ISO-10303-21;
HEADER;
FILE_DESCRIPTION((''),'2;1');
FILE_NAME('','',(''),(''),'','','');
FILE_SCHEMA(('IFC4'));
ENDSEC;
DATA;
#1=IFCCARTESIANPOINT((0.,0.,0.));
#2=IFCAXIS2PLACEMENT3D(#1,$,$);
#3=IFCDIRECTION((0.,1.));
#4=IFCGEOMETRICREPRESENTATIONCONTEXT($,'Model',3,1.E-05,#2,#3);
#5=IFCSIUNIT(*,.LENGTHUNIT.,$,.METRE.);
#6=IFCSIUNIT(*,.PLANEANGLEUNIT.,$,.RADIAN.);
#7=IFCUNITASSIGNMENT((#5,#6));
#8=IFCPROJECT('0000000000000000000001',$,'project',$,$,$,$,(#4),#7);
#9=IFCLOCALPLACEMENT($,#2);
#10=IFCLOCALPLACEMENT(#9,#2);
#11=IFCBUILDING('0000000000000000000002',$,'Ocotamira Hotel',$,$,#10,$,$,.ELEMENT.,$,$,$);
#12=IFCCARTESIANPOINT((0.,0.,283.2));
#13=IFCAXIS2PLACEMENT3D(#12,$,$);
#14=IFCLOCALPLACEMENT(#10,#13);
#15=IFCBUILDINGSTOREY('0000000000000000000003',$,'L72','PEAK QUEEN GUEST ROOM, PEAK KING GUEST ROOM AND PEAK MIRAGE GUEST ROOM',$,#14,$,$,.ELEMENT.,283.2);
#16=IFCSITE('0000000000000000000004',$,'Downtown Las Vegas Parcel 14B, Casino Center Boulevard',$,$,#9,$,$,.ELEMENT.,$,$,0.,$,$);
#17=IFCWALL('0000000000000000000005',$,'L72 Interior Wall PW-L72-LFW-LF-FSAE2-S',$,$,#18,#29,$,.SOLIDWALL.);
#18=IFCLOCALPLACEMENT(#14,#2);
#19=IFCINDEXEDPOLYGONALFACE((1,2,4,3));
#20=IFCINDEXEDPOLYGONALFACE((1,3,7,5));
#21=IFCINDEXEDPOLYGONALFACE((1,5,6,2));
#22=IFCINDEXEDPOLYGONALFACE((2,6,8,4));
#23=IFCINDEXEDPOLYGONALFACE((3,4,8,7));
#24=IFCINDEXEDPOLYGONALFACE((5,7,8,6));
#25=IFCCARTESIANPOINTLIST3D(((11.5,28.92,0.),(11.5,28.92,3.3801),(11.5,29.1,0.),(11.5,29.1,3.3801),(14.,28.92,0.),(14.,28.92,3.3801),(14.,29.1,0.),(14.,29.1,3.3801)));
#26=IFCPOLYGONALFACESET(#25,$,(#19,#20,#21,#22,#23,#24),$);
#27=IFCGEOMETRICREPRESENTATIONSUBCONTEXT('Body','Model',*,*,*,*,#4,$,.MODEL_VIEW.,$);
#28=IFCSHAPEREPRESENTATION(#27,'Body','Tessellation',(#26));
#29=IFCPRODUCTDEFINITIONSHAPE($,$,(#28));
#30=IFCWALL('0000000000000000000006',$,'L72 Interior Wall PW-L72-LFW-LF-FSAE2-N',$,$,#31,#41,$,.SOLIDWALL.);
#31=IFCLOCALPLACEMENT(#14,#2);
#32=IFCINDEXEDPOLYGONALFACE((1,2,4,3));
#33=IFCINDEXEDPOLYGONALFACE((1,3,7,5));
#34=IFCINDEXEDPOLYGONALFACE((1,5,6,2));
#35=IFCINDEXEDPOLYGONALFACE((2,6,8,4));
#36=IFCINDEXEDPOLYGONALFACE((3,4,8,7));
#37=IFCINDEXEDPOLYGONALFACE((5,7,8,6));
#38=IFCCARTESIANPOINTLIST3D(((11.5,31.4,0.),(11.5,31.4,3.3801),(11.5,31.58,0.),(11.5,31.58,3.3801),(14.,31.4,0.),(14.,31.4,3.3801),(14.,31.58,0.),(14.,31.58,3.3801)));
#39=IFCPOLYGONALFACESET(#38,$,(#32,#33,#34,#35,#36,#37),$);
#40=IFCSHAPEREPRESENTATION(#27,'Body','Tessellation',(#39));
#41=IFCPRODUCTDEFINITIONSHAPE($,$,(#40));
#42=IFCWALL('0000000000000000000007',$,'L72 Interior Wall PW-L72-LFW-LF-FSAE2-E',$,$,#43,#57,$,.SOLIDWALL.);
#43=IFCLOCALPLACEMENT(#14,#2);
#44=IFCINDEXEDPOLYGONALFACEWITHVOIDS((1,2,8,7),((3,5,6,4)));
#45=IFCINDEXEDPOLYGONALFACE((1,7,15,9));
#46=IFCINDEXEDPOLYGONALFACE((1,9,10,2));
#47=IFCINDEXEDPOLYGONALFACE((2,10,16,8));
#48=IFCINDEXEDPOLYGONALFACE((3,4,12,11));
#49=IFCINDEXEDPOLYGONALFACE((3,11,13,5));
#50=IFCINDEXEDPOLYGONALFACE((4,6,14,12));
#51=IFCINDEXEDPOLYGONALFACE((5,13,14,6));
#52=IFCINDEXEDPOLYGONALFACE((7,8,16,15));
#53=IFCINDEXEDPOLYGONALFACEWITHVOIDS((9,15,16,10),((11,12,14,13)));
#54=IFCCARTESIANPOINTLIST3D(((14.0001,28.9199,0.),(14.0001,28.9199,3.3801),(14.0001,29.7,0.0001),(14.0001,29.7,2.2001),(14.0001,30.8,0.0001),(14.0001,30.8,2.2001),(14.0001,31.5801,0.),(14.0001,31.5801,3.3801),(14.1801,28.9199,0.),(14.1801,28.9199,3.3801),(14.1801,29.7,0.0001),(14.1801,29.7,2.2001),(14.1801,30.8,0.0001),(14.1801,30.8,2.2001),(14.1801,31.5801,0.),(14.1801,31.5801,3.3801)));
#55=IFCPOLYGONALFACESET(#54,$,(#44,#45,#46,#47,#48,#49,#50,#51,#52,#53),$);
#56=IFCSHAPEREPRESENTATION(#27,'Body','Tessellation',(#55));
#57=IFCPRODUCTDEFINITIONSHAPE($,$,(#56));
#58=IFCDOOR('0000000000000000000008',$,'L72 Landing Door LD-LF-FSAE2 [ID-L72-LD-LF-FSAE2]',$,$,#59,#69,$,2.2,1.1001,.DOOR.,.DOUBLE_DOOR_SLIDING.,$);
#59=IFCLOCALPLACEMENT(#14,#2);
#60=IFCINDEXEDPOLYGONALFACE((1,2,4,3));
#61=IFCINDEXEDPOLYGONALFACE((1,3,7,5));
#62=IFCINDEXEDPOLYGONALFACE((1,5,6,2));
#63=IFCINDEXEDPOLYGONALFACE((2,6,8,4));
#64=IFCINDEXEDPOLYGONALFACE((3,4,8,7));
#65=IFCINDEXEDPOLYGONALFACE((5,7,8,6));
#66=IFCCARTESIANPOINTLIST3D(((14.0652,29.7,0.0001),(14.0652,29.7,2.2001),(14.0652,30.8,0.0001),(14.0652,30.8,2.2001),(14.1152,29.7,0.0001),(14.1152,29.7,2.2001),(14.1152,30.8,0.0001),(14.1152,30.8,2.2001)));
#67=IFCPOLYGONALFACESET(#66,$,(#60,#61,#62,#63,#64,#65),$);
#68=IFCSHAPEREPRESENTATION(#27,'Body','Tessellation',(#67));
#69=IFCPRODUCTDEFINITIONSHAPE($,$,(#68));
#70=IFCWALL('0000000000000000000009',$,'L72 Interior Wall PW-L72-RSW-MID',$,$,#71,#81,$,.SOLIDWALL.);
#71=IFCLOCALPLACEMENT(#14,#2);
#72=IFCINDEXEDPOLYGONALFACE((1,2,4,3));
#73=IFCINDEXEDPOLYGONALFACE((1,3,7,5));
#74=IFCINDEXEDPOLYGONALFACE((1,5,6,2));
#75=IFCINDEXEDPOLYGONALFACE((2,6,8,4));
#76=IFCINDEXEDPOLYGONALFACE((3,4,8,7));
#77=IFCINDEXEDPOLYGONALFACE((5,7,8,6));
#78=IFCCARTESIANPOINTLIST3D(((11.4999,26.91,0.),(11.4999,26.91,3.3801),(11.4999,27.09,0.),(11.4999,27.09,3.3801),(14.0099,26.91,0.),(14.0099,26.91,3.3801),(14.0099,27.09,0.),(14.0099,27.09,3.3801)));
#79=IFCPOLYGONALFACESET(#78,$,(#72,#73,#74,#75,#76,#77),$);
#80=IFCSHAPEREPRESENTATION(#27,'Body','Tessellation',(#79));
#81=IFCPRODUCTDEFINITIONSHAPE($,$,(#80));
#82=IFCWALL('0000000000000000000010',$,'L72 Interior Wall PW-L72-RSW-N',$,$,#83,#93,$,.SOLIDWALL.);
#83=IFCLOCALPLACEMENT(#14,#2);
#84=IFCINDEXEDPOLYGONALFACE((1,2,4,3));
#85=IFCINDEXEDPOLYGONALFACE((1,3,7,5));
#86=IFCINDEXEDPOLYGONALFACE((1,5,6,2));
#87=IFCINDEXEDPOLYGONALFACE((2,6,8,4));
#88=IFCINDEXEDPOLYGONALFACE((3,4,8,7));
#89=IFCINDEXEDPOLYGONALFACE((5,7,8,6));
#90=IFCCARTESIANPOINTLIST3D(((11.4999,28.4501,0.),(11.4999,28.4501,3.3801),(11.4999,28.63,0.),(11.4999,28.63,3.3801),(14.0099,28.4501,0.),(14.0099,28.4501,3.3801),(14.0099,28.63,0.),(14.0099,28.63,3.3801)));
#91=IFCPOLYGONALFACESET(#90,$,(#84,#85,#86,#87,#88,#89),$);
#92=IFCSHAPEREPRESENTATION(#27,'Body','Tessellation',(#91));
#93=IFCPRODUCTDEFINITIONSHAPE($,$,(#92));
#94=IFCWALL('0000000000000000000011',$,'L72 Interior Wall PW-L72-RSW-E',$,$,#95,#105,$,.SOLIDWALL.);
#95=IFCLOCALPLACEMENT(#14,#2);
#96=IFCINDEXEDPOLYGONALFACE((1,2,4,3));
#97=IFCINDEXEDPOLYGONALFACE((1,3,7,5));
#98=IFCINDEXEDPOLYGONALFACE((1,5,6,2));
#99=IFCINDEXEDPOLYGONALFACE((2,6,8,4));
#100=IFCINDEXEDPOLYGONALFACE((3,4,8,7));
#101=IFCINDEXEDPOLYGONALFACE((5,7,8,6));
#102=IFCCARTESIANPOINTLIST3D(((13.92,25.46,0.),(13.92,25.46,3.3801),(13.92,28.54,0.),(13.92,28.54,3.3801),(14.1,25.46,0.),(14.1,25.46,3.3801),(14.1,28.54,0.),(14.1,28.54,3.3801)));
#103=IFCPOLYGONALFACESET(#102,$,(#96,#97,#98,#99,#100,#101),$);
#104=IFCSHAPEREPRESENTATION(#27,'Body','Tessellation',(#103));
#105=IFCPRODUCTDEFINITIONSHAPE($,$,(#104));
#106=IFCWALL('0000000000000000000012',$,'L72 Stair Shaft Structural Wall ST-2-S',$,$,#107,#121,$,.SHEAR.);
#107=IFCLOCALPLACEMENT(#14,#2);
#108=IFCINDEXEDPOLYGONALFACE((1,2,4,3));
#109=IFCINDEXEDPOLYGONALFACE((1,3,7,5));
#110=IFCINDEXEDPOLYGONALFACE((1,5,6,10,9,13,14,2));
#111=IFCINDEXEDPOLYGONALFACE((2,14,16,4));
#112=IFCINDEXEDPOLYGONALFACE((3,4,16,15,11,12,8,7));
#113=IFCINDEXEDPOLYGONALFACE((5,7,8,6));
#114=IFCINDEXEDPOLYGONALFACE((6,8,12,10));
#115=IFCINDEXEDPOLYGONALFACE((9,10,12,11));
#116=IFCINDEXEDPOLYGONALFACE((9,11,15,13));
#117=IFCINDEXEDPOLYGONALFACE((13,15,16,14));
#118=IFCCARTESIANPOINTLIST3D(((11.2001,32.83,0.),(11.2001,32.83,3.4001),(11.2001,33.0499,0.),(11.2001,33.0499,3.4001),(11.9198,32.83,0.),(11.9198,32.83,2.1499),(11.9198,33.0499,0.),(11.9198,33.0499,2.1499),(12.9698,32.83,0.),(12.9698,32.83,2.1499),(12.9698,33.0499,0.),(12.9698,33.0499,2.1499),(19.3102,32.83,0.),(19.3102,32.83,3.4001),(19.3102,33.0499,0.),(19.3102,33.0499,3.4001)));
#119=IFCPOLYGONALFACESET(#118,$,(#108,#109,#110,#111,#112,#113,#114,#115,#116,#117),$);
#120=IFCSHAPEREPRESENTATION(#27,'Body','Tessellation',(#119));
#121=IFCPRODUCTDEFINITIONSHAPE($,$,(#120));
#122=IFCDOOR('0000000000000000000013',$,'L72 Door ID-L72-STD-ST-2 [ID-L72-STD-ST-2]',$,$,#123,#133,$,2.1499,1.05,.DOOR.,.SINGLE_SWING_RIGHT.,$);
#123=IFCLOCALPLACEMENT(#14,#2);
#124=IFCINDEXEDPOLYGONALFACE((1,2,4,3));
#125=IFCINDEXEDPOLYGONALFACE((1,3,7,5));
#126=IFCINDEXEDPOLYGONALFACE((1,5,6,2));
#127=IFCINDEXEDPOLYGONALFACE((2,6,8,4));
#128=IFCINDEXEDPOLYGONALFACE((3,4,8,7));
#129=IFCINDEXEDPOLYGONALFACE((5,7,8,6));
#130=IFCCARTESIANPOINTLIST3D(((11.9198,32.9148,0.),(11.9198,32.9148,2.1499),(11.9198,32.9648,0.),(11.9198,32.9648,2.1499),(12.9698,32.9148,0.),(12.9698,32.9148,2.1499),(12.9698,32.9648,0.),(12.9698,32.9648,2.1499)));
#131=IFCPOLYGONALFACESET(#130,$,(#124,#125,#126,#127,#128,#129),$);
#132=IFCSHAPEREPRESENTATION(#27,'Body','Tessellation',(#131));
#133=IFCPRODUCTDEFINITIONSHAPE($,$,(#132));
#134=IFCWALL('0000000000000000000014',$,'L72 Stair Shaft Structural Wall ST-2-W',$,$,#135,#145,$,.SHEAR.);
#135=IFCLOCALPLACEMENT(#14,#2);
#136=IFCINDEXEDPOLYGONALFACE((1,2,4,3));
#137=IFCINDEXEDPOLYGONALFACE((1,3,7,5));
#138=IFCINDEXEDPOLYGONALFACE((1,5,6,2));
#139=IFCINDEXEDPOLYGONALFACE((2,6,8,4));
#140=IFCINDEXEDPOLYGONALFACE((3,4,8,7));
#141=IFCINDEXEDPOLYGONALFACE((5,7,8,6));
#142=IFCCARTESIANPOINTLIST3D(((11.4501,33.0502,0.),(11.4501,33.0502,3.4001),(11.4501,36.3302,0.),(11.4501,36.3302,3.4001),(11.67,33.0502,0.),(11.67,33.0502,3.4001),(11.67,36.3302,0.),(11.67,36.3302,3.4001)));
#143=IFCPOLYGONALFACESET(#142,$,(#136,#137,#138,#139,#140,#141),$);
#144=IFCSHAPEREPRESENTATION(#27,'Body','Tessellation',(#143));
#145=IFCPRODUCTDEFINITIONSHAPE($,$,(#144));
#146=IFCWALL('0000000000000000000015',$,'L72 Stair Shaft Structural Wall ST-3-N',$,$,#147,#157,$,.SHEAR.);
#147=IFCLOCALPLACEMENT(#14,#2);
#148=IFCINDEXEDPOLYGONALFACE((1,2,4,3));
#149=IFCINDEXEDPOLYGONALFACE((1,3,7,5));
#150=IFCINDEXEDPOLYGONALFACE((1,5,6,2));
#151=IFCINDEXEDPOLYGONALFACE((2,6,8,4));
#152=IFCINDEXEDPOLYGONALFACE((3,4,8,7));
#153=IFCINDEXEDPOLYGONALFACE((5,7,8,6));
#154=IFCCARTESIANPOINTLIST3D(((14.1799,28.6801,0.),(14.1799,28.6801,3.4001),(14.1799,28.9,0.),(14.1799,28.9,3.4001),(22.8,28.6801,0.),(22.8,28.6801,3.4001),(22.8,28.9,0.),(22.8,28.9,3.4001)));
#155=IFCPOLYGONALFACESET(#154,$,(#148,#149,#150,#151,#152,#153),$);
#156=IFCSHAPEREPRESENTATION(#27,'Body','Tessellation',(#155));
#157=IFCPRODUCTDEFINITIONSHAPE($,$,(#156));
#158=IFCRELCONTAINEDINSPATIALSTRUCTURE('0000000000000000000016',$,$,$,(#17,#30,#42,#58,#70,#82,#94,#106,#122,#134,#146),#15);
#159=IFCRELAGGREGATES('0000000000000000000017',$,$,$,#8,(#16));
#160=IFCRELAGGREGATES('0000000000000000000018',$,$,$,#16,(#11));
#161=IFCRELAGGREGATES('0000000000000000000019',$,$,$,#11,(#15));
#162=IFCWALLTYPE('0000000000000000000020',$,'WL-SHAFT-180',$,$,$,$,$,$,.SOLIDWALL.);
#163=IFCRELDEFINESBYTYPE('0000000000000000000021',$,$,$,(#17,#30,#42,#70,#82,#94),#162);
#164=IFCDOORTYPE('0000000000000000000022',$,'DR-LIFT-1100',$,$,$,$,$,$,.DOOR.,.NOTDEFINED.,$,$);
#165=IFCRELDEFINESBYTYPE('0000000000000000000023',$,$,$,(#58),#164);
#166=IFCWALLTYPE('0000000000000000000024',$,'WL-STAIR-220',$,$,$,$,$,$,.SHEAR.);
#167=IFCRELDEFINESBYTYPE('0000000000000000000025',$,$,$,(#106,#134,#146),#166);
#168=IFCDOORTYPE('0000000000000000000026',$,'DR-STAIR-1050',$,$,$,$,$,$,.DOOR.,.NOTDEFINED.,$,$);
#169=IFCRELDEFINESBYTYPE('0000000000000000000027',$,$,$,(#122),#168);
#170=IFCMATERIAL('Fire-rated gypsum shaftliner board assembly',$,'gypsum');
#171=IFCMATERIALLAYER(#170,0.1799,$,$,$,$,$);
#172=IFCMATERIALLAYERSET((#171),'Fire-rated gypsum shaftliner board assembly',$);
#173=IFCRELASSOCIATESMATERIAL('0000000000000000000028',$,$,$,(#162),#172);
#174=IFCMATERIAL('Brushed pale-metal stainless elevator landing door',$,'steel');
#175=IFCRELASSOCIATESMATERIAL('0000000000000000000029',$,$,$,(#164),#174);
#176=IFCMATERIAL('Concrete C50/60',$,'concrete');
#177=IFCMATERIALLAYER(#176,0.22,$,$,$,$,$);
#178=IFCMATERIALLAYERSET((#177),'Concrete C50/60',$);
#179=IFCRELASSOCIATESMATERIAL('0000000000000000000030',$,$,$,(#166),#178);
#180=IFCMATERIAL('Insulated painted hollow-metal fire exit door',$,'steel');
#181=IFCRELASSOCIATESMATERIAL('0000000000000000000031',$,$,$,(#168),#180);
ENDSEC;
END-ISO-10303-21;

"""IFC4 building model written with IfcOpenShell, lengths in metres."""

from ifc_helpers import new_model, si_unit, direction, frame, frame_2d, origin, place, context, subcontext, project, spatial, rectangle, extrude, source, transform, mapped, material, layer, layer_set, type_object, element, fill, save


model = new_model("IFC4")

# Units and contexts
model_context = context("Model", 3, precision=1e-05, world=origin(), true_north=direction((0.0, 1.0)))
body_context = subcontext(model_context, "Body", "Model", "MODEL_VIEW")
ifc_project = project(units=[si_unit("LENGTHUNIT", "METRE"), si_unit("PLANEANGLEUNIT", "RADIAN")], contexts=[model_context])

# Site, building, storey
site_placement = place(None, origin())
site = spatial("IfcSite", under=ifc_project, at=site_placement, Name="Downtown Las Vegas Parcel 14B, Casino Center Boulevard", CompositionType="ELEMENT", RefElevation=0.0)
building_placement = place(site_placement, origin())
building = spatial("IfcBuilding", under=site, at=building_placement, Name="Ocotamira Hotel", CompositionType="ELEMENT")
storey_placement = place(building_placement, frame((0.0, 0.0, 283.2)))
storey = spatial("IfcBuildingStorey", under=building, at=storey_placement, Name="L72", Description="PEAK QUEEN GUEST ROOM, PEAK KING GUEST ROOM AND PEAK MIRAGE GUEST ROOM", CompositionType="ELEMENT", Elevation=283.2)

# Walls
ifc_material_1 = material(Name="Fire-rated gypsum shaftliner board assembly", Category="gypsum")
ifc_layer_1 = layer(ifc_material_1, 0.1799)
ifc_layer_set_1 = layer_set([ifc_layer_1], Name="Fire-rated gypsum shaftliner board assembly")
wall_type_1 = type_object("IfcWallType", Name="WL-SHAFT-180", PredefinedType="SOLIDWALL", material=ifc_layer_set_1)
for number, where, z_axis, x_axis, name in (
    (1, (11.5, 29.01, 0.0), (0.0, 0.0, 1.0), (1.0, 0.0, 0.0), "L72 Interior Wall PW-L72-LFW-LF-FSAE2-S"),
    (2, (11.5, 31.49, 0.0), (0.0, 0.0, 1.0), (1.0, 0.0, 0.0), "L72 Interior Wall PW-L72-LFW-LF-FSAE2-N"),
):
    element("IfcWall", number, at=place(storey_placement, frame(where, z_axis=z_axis, x_axis=x_axis)), inside=storey, type_object=wall_type_1, Name=name, PredefinedType="SOLIDWALL", context=body_context, shape_type="SweptSolid", body=[
        extrude(rectangle(XDim=2.5, YDim=0.1799, at=frame_2d((1.25, 0.0))), origin(), (0.0, 0.0, 1.0), 3.3801),
    ])

# Wall, opening, door
wall_1_placement = place(storey_placement, frame((14.0901, 28.9199, 0.0), z_axis=(0.0, 0.0, 1.0), x_axis=(0.0, 1.0, 0.0)))
wall_1 = element("IfcWall", 3, at=wall_1_placement, inside=storey, type_object=wall_type_1, Name="L72 Interior Wall PW-L72-LFW-LF-FSAE2-E", PredefinedType="SOLIDWALL", context=body_context, shape_type="SweptSolid", body=[
    extrude(rectangle(XDim=2.6602, YDim=0.1799, at=frame_2d((1.3301, 0.0))), origin(), (0.0, 0.0, 1.0), 3.3801),
])
opening_1_placement = place(wall_1_placement, frame((0.78, 0.0, 0.0)))
opening_1 = element("IfcOpeningElement", 4, at=opening_1_placement, cuts=wall_1, PredefinedType="OPENING", context=body_context, shape_type="SweptSolid", body=[
    extrude(rectangle(XDim=1.1001, YDim=2.2, at=frame_2d((0.55, 1.1001))), frame((0.0, 0.1001, 0.0), z_axis=(0.0, -1.0, 0.0), x_axis=(1.0, 0.0, 0.0)), (0.0, 0.0, 1.0), 0.2),
])
ifc_material_2 = material(Name="Brushed pale-metal stainless elevator landing door", Category="steel")
door_type_1 = type_object("IfcDoorType", Name="DR-LIFT-1100", OperationType="NOTDEFINED", PredefinedType="DOOR", material=ifc_material_2)
shared_shape_1 = source(origin(), body_context, "Body", "SweptSolid", [
    extrude(rectangle(XDim=1.1001, YDim=2.2, at=frame_2d((0.55, 1.1001))), frame((0.0, 0.0249, 0.0), z_axis=(0.0, -1.0, 0.0), x_axis=(1.0, 0.0, 0.0)), (0.0, 0.0, 1.0), 0.05),
])
door_1_placement = place(opening_1_placement, origin())
door_1 = element("IfcDoor", 5, at=door_1_placement, inside=storey, type_object=door_type_1, Name="L72 Landing Door LD-LF-FSAE2 [ID-L72-LD-LF-FSAE2]", OperationType="DOUBLE_DOOR_SLIDING", OverallHeight=2.2, OverallWidth=1.1001, PredefinedType="DOOR", context=body_context, shape_type="MappedRepresentation", body=[
    mapped(shared_shape_1, transform((0.0, 0.0, 0.0), scale=1.0)),
])
fill(opening_1, door_1)

# Walls
for number, where, z_axis, x_axis, name in (
    (6, (11.5, 27.0, 0.0), (0.0, 0.0, 1.0), (1.0, 0.0, 0.0), "L72 Interior Wall PW-L72-RSW-MID"),
    (7, (11.5, 28.54, 0.0), (0.0, 0.0, 1.0), (1.0, 0.0, 0.0), "L72 Interior Wall PW-L72-RSW-N"),
):
    element("IfcWall", number, at=place(storey_placement, frame(where, z_axis=z_axis, x_axis=x_axis)), inside=storey, type_object=wall_type_1, Name=name, PredefinedType="SOLIDWALL", context=body_context, shape_type="SweptSolid", body=[
        extrude(rectangle(XDim=2.51, YDim=0.1799, at=frame_2d((1.2549, 0.0))), origin(), (0.0, 0.0, 1.0), 3.3801),
    ])
wall_2_placement = place(storey_placement, frame((14.01, 25.46, 0.0), z_axis=(0.0, 0.0, 1.0), x_axis=(0.0, 1.0, 0.0)))
element("IfcWall", 8, at=wall_2_placement, inside=storey, type_object=wall_type_1, Name="L72 Interior Wall PW-L72-RSW-E", PredefinedType="SOLIDWALL", context=body_context, shape_type="SweptSolid", body=[
    extrude(rectangle(XDim=3.0801, YDim=0.1799, at=frame_2d((1.54, 0.0))), origin(), (0.0, 0.0, 1.0), 3.3801),
])

# Wall, opening, door
ifc_material_3 = material(Name="Concrete C50/60", Category="concrete")
ifc_layer_2 = layer(ifc_material_3, 0.22)
ifc_layer_set_2 = layer_set([ifc_layer_2], Name="Concrete C50/60")
wall_type_2 = type_object("IfcWallType", Name="WL-STAIR-220", PredefinedType="SHEAR", material=ifc_layer_set_2)
wall_3_placement = place(storey_placement, frame((11.2, 32.9399, 0.0), z_axis=(0.0, 0.0, 1.0), x_axis=(1.0, 0.0, 0.0)))
wall_3 = element("IfcWall", 9, at=wall_3_placement, inside=storey, type_object=wall_type_2, Name="L72 Stair Shaft Structural Wall ST-2-S", PredefinedType="SHEAR", context=body_context, shape_type="SweptSolid", body=[
    extrude(rectangle(XDim=8.1101, YDim=0.22, at=frame_2d((4.0552, 0.0))), origin(), (0.0, 0.0, 1.0), 3.4001),
])
opening_2_placement = place(wall_3_placement, frame((0.72, 0.0, 0.0)))
opening_2 = element("IfcOpeningElement", 10, at=opening_2_placement, cuts=wall_3, PredefinedType="OPENING", context=body_context, shape_type="SweptSolid", body=[
    extrude(rectangle(XDim=1.05, YDim=2.1499, at=frame_2d((0.5249, 1.075))), frame((0.0, 0.1201, 0.0), z_axis=(0.0, -1.0, 0.0), x_axis=(1.0, 0.0, 0.0)), (0.0, 0.0, 1.0), 0.24),
])
ifc_material_4 = material(Name="Insulated painted hollow-metal fire exit door", Category="steel")
door_type_2 = type_object("IfcDoorType", Name="DR-STAIR-1050", OperationType="NOTDEFINED", PredefinedType="DOOR", material=ifc_material_4)
shared_shape_2 = source(origin(), body_context, "Body", "SweptSolid", [
    extrude(rectangle(XDim=1.05, YDim=2.1499, at=frame_2d((0.5249, 1.075))), frame((0.0, 0.0249, 0.0), z_axis=(0.0, -1.0, 0.0), x_axis=(1.0, 0.0, 0.0)), (0.0, 0.0, 1.0), 0.05),
])
door_2_placement = place(opening_2_placement, origin())
door_2 = element("IfcDoor", 11, at=door_2_placement, inside=storey, type_object=door_type_2, Name="L72 Door ID-L72-STD-ST-2 [ID-L72-STD-ST-2]", OperationType="SINGLE_SWING_RIGHT", OverallHeight=2.1499, OverallWidth=1.05, PredefinedType="DOOR", context=body_context, shape_type="MappedRepresentation", body=[
    mapped(shared_shape_2, transform((0.0, 0.0, 0.0), scale=1.0)),
])
fill(opening_2, door_2)

# Walls
wall_4_placement = place(storey_placement, frame((11.5601, 33.05, 0.0), z_axis=(0.0, 0.0, 1.0), x_axis=(0.0, 1.0, 0.0)))
element("IfcWall", 12, at=wall_4_placement, inside=storey, type_object=wall_type_2, Name="L72 Stair Shaft Structural Wall ST-2-W", PredefinedType="SHEAR", context=body_context, shape_type="SweptSolid", body=[
    extrude(rectangle(XDim=3.28, YDim=0.22, at=frame_2d((1.6401, 0.0))), origin(), (0.0, 0.0, 1.0), 3.4001),
])
wall_5_placement = place(storey_placement, frame((14.1799, 28.79, 0.0), z_axis=(0.0, 0.0, 1.0), x_axis=(1.0, 0.0, 0.0)))
element("IfcWall", 13, at=wall_5_placement, inside=storey, type_object=wall_type_2, Name="L72 Stair Shaft Structural Wall ST-3-N", PredefinedType="SHEAR", context=body_context, shape_type="SweptSolid", body=[
    extrude(rectangle(XDim=8.6201, YDim=0.22, at=frame_2d((4.3101, 0.0))), origin(), (0.0, 0.0, 1.0), 3.4001),
])

save(model, "model.ifc")
